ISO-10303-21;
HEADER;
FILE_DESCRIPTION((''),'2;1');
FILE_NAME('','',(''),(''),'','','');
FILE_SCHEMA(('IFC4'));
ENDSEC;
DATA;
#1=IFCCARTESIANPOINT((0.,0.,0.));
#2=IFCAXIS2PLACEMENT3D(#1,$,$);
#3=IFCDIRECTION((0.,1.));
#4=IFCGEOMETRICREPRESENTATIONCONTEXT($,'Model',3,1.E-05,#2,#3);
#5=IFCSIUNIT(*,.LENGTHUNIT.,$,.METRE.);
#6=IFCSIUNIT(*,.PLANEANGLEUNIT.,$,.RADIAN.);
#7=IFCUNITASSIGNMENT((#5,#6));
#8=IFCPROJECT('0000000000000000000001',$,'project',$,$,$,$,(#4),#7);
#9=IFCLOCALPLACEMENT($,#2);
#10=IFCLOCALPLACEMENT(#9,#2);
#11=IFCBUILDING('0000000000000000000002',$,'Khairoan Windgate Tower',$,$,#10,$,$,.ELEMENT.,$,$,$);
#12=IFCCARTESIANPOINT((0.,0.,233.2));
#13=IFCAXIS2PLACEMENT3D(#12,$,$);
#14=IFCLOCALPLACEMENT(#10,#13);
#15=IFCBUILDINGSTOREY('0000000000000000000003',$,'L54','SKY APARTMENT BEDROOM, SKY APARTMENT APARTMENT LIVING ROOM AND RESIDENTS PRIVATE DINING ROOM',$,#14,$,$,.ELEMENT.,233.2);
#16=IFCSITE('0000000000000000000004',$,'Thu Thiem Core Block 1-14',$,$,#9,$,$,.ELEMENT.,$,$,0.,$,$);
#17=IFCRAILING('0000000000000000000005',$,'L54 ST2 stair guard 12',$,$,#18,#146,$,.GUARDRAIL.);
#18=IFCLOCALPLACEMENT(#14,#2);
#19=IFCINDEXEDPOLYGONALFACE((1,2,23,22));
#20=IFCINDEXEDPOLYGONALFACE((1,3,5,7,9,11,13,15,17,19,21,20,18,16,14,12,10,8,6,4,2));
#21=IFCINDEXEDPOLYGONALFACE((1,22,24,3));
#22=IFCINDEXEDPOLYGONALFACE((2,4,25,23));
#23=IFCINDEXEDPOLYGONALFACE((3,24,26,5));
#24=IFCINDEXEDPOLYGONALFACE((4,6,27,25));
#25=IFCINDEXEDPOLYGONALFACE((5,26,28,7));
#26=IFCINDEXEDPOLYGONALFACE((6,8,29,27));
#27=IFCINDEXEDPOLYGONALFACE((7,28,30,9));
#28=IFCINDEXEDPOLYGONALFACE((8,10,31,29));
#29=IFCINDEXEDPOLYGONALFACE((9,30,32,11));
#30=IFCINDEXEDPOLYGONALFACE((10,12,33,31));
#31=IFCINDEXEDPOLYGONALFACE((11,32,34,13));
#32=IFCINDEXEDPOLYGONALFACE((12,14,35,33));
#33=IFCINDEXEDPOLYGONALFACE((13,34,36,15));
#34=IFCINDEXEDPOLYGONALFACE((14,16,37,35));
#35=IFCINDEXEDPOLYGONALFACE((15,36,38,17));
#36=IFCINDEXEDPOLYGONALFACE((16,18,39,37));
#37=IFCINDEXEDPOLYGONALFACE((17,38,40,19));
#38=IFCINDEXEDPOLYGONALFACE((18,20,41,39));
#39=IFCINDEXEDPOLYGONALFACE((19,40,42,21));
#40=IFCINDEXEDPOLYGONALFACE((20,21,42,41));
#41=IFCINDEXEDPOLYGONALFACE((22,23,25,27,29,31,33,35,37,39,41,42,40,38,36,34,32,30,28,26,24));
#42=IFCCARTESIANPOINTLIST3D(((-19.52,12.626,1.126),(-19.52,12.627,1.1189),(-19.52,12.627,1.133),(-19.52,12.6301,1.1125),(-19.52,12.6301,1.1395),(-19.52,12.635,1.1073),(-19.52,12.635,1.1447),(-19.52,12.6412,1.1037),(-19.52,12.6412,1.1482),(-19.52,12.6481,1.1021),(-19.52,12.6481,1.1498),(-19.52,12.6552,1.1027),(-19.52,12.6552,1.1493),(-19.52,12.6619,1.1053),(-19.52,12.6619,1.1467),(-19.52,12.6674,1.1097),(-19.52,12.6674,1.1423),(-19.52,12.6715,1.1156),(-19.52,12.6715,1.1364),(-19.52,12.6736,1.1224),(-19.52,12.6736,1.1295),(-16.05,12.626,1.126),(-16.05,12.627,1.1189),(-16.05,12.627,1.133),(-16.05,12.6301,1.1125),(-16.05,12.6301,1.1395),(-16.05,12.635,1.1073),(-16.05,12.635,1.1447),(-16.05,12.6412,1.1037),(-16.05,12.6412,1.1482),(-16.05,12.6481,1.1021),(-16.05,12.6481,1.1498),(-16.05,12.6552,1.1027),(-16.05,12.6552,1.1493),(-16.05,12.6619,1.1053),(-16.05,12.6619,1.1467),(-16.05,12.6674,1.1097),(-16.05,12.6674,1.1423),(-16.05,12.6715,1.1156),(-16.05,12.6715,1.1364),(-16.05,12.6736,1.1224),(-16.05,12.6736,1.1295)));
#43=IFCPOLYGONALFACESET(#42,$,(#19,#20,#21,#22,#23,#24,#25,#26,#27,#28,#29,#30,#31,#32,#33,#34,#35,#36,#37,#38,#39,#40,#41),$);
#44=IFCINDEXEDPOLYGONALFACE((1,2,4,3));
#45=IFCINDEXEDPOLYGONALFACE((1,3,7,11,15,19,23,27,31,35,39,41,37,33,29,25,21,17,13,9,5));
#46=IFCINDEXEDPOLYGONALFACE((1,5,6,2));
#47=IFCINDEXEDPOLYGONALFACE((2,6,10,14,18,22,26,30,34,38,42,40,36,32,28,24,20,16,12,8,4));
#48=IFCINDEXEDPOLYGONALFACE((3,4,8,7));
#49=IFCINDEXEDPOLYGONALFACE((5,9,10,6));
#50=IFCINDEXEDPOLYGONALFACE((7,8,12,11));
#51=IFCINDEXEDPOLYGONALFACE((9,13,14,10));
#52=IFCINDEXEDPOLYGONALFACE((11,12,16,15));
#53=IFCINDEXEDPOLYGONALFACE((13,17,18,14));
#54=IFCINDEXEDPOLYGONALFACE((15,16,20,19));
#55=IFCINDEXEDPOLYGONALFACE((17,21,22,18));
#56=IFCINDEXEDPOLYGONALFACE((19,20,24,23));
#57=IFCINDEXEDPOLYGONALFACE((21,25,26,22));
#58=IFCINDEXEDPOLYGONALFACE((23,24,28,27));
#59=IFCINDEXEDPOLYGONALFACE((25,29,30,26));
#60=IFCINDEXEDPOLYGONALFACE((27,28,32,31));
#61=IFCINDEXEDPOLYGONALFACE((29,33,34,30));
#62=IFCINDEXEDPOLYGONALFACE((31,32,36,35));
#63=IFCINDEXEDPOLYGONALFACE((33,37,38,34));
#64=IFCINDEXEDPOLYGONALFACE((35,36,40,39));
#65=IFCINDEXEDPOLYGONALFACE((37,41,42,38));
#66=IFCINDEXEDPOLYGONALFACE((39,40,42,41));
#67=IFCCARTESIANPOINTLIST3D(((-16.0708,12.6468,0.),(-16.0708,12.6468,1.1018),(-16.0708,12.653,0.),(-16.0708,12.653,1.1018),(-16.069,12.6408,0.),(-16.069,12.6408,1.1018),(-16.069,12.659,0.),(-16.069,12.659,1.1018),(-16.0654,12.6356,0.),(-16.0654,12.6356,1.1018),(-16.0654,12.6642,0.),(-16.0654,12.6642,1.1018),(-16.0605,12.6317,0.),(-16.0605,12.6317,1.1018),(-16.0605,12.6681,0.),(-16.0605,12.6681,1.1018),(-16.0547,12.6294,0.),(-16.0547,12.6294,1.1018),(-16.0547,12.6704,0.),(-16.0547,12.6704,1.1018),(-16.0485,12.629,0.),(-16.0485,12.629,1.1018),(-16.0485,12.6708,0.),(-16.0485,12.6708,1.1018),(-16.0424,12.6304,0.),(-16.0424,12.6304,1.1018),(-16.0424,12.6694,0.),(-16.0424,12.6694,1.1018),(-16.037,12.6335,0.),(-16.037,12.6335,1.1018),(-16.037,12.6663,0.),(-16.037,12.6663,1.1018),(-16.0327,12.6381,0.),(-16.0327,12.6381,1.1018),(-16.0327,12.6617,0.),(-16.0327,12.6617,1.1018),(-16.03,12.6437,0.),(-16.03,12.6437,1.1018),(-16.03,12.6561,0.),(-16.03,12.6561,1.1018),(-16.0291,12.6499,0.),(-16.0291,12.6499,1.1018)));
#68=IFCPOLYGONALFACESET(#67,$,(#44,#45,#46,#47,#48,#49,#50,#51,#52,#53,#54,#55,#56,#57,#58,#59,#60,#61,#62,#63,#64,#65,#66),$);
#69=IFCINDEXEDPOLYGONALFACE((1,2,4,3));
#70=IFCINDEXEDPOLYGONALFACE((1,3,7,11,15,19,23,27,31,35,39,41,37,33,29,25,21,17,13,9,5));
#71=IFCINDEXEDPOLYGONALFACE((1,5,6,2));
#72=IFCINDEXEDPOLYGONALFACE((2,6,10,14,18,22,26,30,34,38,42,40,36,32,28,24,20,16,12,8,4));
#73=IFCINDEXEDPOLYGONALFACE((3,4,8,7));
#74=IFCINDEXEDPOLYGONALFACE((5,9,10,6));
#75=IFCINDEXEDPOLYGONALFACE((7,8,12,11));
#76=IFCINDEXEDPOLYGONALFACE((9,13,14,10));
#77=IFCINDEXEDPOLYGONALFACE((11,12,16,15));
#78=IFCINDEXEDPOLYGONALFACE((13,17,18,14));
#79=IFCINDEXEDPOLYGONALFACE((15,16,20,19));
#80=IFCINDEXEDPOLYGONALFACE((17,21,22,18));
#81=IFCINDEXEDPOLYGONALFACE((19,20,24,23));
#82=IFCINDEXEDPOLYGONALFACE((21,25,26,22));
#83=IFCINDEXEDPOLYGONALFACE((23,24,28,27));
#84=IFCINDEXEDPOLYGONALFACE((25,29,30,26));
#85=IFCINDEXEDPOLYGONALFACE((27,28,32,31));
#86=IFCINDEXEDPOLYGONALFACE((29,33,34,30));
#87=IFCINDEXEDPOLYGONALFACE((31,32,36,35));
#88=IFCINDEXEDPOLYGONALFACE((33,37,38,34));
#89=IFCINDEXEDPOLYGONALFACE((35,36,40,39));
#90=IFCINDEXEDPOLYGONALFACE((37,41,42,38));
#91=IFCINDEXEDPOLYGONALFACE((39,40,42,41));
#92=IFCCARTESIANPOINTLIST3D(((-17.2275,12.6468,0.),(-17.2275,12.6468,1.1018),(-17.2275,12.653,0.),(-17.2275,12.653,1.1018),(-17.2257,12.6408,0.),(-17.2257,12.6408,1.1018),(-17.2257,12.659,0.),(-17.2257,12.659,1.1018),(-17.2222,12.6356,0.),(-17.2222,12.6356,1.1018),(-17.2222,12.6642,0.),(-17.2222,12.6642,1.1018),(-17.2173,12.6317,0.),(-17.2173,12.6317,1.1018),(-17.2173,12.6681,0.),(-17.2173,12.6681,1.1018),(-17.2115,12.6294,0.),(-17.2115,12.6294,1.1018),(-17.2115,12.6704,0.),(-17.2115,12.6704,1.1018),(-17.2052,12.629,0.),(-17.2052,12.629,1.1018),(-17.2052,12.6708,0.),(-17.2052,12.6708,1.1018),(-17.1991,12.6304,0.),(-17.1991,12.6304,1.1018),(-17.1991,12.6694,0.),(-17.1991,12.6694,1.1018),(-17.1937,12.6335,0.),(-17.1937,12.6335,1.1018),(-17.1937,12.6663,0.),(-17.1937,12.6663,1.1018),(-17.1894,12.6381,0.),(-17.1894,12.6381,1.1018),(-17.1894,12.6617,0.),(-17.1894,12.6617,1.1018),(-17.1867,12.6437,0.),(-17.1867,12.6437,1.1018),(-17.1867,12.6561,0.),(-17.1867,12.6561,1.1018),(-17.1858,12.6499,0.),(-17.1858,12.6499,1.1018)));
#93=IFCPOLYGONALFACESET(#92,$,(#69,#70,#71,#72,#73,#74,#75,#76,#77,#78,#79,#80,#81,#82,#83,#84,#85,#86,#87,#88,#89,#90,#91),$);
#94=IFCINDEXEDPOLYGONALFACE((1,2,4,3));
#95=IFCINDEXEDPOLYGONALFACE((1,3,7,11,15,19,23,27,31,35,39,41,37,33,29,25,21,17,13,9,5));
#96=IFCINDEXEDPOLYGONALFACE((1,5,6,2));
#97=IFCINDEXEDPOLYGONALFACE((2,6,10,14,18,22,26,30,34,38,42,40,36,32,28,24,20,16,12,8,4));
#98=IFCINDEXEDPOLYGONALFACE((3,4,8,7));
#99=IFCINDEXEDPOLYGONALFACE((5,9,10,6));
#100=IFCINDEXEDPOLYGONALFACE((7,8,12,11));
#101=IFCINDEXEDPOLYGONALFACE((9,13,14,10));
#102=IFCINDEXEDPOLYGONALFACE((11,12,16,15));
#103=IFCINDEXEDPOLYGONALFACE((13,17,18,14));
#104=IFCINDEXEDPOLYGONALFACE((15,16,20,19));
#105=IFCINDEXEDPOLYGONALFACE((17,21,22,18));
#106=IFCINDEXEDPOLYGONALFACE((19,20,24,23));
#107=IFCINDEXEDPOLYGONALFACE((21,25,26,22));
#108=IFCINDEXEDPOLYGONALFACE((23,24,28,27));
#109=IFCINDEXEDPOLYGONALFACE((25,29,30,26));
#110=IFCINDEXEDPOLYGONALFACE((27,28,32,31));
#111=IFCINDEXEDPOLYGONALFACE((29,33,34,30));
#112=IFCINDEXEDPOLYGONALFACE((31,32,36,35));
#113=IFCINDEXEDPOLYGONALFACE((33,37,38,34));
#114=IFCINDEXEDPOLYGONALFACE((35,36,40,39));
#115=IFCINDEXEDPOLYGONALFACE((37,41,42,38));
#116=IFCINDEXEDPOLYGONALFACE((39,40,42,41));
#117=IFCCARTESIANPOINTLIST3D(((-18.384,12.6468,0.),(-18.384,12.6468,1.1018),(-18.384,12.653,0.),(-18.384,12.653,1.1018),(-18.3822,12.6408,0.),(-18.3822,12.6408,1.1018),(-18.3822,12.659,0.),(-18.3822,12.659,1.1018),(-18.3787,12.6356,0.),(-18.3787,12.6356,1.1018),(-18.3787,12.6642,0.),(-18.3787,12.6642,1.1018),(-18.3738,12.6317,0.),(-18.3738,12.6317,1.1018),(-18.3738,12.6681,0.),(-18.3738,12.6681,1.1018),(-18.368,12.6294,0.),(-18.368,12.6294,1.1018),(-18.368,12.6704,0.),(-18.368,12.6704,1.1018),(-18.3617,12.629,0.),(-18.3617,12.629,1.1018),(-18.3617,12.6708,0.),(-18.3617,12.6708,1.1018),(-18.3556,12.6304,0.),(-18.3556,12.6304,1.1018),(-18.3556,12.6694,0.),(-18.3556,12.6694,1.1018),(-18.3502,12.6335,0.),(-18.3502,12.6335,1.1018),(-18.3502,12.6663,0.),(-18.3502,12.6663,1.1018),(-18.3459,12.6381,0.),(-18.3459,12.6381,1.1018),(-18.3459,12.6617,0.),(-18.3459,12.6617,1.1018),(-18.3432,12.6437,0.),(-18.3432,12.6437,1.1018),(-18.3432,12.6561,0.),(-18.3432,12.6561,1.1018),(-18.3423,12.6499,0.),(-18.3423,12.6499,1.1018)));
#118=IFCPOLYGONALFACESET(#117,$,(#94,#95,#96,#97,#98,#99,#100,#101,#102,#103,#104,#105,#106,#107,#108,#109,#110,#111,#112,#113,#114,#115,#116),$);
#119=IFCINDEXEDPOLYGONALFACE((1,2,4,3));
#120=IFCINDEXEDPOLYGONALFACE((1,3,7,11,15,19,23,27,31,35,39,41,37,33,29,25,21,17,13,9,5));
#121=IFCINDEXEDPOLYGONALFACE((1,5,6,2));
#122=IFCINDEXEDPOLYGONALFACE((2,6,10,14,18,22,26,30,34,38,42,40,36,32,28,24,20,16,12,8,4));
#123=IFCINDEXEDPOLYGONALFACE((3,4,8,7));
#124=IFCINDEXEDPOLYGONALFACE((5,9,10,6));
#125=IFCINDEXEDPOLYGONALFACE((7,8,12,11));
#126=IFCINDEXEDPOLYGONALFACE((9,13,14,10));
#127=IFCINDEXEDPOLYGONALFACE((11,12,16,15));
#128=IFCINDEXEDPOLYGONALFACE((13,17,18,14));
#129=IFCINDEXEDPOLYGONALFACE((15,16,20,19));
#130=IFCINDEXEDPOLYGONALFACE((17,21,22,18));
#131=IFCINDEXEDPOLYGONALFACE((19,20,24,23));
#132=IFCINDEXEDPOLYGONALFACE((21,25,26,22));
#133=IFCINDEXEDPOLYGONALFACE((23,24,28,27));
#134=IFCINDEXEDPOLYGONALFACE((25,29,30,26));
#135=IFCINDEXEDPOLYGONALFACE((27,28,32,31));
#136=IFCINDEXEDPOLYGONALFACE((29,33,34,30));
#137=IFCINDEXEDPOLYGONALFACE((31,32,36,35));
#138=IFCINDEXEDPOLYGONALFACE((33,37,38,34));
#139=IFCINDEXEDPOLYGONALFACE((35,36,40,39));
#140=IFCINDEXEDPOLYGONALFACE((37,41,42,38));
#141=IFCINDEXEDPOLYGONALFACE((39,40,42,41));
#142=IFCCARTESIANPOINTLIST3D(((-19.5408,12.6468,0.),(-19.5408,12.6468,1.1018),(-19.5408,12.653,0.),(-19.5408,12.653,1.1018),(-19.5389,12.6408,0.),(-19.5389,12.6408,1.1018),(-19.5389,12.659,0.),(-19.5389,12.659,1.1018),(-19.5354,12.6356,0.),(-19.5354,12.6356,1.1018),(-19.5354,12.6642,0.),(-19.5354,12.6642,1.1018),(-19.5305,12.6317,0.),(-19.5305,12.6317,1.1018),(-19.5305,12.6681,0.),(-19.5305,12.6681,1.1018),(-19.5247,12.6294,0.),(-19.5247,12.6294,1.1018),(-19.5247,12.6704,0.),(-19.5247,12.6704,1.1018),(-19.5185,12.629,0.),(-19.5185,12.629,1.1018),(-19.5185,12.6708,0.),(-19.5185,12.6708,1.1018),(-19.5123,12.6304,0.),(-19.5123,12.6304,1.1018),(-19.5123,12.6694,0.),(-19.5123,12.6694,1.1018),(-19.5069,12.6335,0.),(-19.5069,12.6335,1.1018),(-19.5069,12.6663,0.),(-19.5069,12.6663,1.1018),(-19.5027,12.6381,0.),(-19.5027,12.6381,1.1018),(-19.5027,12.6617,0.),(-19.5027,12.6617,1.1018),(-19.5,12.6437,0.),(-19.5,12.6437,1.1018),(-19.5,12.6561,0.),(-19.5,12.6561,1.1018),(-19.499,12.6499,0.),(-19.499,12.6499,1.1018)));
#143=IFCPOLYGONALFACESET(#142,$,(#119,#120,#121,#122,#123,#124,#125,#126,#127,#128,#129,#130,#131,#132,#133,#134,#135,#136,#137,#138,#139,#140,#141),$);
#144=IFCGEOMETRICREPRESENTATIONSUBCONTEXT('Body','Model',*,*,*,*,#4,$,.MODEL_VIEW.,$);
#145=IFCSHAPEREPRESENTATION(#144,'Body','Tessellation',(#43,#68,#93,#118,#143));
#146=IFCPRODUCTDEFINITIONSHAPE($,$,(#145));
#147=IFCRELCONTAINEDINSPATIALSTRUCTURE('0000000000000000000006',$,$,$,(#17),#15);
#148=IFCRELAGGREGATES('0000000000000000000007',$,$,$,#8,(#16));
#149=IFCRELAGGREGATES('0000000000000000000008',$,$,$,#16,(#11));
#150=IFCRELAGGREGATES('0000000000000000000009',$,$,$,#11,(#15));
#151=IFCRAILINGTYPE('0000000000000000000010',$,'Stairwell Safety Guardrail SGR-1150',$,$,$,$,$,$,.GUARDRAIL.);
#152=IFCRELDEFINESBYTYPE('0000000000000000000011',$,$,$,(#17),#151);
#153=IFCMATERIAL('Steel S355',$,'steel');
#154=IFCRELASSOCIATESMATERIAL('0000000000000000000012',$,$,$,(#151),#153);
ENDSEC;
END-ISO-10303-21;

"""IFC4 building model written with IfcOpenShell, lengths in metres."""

from ifc_helpers import new_model, si_unit, direction, frame, origin, origin_2d, place, context, subcontext, project, spatial, circle, extrude, material, type_object, element, save


model = new_model("IFC4")

# Units and contexts
model_context = context("Model", 3, precision=1e-05, world=origin(), true_north=direction((0.0, 1.0)))
body_context = subcontext(model_context, "Body", "Model", "MODEL_VIEW")
ifc_project = project(units=[si_unit("LENGTHUNIT", "METRE"), si_unit("PLANEANGLEUNIT", "RADIAN")], contexts=[model_context])

# Site, building, storey
site_placement = place(None, origin())
site = spatial("IfcSite", under=ifc_project, at=site_placement, Name="Thu Thiem Core Block 1-14", CompositionType="ELEMENT", RefElevation=0.0)
building_placement = place(site_placement, origin())
building = spatial("IfcBuilding", under=site, at=building_placement, Name="Khairoan Windgate Tower", CompositionType="ELEMENT")
storey_placement = place(building_placement, frame((0.0, 0.0, 233.2)))
storey = spatial("IfcBuildingStorey", under=building, at=storey_placement, Name="L54", Description="SKY APARTMENT BEDROOM, SKY APARTMENT APARTMENT LIVING ROOM AND RESIDENTS PRIVATE DINING ROOM", CompositionType="ELEMENT", Elevation=233.2)

# Railing
ifc_material_1 = material(Name="Steel S355", Category="steel")
railing_type = type_object("IfcRailingType", Name="Stairwell Safety Guardrail SGR-1150", PredefinedType="GUARDRAIL", material=ifc_material_1)
railing_1_placement = place(storey_placement, frame((-16.05, 12.6499, 0.0)))
element("IfcRailing", 1, at=railing_1_placement, inside=storey, type_object=railing_type, Name="L54 ST2 stair guard 12", PredefinedType="GUARDRAIL", context=body_context, shape_type="SweptSolid", body=[
    extrude(circle(Radius=0.0239, at=origin_2d()), frame((0.0, 0.0, 1.126), z_axis=(-1.0, 0.0, 0.0), x_axis=(0.0, -1.0, 0.0)), (0.0, 0.0, 1.0), 3.47),
    extrude(circle(Radius=0.021, at=origin_2d()), origin(), (0.0, 0.0, 1.0), 1.1018),
    extrude(circle(Radius=0.021, at=origin_2d()), frame((-1.1567, 0.0, 0.0)), (0.0, 0.0, 1.0), 1.1018),
    extrude(circle(Radius=0.021, at=origin_2d()), frame((-2.3132, 0.0, 0.0)), (0.0, 0.0, 1.0), 1.1018),
    extrude(circle(Radius=0.021, at=origin_2d()), frame((-3.47, 0.0, 0.0)), (0.0, 0.0, 1.0), 1.1018),
])

save(model, "model.ifc")
